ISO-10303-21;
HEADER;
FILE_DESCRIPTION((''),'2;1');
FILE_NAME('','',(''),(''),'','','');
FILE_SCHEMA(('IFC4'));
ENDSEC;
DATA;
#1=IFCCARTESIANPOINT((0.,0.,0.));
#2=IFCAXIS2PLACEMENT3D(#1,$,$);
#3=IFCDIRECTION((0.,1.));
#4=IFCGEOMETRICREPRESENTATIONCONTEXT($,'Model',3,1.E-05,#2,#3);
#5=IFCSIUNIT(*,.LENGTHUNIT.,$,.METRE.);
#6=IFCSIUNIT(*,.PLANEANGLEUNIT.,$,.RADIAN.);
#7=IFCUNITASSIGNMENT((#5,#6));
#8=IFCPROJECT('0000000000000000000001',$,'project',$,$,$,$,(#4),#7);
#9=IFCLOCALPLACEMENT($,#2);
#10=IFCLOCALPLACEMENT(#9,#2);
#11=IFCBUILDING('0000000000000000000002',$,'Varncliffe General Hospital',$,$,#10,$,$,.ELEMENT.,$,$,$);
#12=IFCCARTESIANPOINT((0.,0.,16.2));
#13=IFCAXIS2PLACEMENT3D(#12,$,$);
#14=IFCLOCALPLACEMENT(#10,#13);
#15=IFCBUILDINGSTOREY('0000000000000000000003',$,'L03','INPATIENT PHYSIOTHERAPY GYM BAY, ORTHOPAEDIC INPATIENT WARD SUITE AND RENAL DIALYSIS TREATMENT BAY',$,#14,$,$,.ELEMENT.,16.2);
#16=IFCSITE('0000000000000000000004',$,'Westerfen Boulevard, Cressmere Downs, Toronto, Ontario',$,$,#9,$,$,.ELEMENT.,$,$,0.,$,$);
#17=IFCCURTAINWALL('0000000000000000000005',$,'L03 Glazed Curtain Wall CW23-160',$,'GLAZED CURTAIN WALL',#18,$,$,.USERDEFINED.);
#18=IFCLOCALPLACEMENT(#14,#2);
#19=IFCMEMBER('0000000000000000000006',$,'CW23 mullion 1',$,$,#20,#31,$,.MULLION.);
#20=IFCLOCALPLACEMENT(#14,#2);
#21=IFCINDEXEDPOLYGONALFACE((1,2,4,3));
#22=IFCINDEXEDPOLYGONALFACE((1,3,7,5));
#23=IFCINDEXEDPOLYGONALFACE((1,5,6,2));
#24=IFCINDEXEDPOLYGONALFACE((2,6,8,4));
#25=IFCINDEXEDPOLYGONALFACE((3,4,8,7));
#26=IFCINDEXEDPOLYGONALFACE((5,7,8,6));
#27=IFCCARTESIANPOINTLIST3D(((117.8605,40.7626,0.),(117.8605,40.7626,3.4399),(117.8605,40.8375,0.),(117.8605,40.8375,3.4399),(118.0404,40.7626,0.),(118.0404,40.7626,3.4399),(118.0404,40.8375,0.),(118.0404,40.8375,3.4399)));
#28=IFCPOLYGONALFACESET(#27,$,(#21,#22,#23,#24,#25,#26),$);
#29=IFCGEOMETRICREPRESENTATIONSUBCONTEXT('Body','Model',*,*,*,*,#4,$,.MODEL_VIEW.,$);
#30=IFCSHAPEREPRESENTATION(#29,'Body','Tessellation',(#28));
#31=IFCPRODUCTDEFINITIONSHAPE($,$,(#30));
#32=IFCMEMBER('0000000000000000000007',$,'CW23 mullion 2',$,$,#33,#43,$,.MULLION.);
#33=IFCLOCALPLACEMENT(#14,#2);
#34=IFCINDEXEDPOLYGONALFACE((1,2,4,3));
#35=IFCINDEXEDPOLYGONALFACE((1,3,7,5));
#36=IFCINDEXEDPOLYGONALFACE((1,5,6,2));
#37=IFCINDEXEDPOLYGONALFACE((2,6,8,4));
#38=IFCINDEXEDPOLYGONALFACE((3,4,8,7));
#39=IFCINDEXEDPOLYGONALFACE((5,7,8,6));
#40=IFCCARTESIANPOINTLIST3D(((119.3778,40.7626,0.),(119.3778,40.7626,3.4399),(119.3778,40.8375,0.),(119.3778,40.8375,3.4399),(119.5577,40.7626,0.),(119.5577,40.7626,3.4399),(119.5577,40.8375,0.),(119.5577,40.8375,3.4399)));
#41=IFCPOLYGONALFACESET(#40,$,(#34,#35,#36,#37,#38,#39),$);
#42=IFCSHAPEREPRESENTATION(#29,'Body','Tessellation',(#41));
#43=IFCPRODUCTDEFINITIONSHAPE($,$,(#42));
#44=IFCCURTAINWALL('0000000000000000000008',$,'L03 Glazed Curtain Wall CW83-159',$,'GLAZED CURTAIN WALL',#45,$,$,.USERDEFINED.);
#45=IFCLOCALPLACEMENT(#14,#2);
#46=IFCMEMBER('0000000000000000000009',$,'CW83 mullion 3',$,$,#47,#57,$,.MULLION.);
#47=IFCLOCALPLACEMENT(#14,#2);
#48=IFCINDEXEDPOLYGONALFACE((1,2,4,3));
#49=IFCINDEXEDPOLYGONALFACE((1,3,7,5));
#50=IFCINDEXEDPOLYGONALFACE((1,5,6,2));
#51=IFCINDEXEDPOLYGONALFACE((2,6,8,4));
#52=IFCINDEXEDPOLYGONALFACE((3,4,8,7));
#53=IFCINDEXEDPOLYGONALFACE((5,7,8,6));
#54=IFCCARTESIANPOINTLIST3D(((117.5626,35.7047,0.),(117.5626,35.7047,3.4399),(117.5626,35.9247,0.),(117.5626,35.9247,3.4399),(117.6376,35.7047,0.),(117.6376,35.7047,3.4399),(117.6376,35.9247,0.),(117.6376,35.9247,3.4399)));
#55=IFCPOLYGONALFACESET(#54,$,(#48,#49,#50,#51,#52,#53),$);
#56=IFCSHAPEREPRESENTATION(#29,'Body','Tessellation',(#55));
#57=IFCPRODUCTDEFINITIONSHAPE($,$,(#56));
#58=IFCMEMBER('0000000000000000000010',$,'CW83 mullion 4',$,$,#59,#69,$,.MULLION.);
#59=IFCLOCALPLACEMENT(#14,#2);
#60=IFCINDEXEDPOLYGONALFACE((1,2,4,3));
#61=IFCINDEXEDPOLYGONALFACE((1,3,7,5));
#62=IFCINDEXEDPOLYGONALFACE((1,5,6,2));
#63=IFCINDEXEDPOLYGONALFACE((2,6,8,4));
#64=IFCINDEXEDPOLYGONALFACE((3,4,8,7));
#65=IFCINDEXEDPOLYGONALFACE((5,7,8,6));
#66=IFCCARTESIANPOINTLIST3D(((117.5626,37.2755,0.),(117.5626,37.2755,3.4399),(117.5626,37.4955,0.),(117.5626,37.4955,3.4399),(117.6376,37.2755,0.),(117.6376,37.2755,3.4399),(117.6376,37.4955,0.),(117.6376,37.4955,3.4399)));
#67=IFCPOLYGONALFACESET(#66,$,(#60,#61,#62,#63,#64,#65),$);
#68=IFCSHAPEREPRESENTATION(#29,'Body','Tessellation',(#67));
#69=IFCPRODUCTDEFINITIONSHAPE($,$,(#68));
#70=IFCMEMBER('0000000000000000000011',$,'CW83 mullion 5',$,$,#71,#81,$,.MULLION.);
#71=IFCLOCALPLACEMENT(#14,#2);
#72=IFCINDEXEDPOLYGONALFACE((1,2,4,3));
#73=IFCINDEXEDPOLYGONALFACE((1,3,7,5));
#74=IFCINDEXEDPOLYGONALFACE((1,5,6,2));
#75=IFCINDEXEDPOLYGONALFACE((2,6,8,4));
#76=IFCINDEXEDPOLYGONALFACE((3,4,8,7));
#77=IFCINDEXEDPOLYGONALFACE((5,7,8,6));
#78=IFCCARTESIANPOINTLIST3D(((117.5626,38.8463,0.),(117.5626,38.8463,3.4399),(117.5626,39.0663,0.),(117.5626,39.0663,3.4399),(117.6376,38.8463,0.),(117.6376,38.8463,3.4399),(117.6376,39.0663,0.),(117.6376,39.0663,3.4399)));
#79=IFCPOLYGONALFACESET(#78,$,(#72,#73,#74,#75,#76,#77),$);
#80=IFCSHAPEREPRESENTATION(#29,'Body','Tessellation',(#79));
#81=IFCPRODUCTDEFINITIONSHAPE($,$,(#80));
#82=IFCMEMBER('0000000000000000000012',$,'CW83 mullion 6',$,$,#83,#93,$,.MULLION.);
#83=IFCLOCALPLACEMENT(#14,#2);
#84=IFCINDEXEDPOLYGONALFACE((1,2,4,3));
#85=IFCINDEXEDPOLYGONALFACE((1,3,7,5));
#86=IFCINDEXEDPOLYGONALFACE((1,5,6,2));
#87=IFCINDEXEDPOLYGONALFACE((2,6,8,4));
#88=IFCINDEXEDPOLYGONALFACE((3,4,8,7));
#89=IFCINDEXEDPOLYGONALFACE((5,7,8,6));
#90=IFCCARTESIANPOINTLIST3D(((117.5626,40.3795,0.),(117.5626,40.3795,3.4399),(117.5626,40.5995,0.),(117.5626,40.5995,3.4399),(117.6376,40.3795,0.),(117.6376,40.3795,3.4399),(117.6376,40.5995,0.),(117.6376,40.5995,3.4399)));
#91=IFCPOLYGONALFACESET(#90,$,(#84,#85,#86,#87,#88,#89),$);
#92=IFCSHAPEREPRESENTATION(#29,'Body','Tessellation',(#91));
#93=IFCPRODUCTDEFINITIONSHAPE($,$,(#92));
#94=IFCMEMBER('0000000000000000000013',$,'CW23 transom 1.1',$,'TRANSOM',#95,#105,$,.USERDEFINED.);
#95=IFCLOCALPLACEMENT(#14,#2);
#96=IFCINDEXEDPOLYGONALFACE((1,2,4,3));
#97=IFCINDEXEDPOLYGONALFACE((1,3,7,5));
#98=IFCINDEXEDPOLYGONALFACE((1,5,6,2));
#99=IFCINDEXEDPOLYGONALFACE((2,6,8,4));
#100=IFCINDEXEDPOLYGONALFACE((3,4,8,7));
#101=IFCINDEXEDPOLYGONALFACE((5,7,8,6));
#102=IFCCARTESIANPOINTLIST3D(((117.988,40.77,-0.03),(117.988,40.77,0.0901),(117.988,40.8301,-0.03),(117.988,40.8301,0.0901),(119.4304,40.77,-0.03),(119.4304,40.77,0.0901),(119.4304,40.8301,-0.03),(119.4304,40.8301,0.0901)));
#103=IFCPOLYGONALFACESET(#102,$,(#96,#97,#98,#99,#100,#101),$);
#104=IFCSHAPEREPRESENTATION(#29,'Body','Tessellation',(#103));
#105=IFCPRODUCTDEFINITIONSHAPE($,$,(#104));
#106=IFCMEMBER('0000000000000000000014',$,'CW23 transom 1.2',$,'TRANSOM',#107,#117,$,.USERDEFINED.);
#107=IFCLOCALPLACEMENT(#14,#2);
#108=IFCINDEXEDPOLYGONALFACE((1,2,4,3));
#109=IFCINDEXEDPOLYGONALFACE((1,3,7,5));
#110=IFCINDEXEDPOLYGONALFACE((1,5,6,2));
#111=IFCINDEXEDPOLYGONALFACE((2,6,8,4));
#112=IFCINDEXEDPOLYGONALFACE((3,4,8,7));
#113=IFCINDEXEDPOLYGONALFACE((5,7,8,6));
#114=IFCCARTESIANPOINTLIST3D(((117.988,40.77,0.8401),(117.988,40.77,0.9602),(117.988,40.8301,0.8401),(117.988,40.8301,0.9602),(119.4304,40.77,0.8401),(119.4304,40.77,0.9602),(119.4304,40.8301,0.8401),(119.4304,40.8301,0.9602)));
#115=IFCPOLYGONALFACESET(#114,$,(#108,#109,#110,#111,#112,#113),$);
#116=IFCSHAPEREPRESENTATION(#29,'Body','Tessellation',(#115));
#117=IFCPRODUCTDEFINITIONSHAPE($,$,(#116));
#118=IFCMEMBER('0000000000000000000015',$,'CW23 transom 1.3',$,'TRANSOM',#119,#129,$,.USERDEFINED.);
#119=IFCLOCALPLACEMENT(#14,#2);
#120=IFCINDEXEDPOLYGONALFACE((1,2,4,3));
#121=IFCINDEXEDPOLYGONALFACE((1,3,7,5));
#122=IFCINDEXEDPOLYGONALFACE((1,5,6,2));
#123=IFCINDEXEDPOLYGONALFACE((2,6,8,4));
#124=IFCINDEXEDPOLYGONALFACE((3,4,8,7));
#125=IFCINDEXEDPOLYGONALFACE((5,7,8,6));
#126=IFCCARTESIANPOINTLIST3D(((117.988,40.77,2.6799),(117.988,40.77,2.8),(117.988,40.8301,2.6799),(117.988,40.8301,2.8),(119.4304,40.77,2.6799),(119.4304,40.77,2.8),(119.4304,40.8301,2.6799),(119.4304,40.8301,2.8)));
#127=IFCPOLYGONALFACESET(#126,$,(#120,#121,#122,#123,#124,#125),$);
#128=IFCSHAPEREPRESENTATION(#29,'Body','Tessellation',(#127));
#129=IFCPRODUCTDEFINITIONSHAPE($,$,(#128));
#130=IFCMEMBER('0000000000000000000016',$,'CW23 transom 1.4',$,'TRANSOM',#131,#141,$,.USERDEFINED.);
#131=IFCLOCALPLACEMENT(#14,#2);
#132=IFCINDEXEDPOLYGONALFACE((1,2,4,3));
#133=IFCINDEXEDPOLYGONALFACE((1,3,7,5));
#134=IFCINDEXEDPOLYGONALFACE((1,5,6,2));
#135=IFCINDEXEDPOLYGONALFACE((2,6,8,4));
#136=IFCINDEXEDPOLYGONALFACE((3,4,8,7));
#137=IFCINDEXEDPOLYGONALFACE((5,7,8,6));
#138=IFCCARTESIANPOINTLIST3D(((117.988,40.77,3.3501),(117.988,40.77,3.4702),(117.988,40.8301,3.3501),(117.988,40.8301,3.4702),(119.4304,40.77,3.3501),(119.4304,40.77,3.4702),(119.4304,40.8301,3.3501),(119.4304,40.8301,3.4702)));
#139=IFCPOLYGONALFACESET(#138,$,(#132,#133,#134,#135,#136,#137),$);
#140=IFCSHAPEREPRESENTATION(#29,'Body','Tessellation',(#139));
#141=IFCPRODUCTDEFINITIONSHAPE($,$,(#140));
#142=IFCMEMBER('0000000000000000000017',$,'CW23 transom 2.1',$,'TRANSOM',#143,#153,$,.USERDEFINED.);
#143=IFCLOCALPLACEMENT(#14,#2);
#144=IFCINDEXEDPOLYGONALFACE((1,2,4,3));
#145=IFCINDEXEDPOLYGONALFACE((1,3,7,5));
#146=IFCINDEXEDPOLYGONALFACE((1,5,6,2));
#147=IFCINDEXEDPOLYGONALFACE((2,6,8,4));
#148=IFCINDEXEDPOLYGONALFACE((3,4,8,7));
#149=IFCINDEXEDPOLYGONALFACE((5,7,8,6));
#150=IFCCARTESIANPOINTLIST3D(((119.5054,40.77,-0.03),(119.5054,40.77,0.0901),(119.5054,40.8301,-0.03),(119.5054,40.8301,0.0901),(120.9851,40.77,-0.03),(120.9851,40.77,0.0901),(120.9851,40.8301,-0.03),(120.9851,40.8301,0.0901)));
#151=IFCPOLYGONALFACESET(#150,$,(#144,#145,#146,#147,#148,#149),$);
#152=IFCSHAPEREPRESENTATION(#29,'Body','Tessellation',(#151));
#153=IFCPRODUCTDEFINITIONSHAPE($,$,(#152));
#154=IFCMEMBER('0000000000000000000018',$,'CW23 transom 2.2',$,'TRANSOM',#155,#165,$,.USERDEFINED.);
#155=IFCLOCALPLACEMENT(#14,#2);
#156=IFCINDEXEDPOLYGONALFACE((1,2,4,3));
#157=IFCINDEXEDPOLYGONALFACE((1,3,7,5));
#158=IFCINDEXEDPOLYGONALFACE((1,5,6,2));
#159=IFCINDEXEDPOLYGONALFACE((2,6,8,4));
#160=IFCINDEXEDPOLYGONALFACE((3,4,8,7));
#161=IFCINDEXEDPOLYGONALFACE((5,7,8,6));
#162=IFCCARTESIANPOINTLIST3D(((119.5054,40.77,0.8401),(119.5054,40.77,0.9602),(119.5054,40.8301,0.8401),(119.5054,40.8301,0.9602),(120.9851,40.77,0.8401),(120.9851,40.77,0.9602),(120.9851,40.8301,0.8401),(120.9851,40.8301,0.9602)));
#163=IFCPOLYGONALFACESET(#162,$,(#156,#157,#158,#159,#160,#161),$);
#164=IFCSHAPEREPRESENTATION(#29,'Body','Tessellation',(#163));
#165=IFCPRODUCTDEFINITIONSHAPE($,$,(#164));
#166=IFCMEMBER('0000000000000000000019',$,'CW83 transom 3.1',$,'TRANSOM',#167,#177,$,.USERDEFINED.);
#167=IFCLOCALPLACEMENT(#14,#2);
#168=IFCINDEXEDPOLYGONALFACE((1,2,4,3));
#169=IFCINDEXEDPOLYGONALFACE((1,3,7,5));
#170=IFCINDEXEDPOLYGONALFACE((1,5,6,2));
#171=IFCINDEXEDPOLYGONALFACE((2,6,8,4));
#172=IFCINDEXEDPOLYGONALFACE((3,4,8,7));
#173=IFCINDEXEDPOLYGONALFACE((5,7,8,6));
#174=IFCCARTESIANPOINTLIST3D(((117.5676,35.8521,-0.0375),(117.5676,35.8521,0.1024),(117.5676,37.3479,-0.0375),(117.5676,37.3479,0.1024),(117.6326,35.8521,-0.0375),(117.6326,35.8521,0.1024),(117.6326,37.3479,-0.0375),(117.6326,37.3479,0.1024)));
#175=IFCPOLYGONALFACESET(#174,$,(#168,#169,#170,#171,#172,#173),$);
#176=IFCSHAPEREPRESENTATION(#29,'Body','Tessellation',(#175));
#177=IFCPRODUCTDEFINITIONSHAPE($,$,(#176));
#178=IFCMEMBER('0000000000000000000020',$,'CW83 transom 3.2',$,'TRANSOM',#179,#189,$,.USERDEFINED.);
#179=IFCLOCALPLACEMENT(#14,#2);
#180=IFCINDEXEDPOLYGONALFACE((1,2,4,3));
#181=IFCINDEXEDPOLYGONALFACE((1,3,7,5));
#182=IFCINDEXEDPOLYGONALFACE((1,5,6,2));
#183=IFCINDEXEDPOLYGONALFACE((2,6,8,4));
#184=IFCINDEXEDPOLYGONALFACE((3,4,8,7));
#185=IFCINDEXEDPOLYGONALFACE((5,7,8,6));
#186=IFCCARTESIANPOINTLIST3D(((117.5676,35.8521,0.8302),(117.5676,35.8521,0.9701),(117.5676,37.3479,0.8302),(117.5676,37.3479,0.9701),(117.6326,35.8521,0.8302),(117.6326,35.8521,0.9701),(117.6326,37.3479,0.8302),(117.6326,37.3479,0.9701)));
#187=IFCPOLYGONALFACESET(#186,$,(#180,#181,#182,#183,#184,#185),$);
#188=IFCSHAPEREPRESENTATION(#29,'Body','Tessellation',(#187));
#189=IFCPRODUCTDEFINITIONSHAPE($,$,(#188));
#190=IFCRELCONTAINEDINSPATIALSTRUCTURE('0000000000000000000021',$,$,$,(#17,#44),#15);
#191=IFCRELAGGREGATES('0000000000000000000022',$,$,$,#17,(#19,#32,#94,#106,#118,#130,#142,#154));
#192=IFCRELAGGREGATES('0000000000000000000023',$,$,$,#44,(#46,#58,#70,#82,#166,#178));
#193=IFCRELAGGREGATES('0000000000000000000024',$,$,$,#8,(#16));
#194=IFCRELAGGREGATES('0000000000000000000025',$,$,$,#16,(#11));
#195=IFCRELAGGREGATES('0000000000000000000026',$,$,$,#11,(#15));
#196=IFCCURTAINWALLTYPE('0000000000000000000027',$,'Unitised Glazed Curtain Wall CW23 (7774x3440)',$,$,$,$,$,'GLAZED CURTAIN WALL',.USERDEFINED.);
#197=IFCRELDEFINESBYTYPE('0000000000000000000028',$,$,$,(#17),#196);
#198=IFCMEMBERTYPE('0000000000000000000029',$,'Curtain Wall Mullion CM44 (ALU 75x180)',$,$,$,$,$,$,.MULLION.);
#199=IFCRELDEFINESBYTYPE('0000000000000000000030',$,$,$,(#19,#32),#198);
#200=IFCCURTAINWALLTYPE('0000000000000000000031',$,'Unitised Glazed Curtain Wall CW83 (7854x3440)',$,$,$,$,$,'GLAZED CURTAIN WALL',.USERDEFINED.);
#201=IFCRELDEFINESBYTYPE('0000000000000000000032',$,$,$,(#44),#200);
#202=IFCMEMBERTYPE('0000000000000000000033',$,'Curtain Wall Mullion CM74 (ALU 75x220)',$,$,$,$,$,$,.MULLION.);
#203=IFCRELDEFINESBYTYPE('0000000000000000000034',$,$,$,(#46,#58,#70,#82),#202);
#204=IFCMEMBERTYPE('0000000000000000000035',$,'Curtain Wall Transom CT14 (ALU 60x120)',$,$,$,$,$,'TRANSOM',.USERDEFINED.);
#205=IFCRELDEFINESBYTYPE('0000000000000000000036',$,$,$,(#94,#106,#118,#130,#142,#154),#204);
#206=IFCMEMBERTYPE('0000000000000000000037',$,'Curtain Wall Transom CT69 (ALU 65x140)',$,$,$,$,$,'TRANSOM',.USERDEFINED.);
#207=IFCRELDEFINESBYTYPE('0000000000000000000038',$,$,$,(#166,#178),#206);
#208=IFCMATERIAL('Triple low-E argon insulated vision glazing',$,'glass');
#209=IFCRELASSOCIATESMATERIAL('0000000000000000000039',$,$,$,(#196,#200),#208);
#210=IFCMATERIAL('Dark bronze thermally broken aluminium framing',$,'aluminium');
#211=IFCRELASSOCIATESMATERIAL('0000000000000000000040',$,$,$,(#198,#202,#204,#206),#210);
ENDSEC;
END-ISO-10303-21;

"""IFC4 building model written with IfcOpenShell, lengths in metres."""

from ifc_helpers import new_model, si_unit, direction, frame, origin, origin_2d, place, context, subcontext, project, spatial, rectangle, extrude, material, material_profile, profile_set, type_object, element, aggregate, save


model = new_model("IFC4")

# Units and contexts
model_context = context("Model", 3, precision=1e-05, world=origin(), true_north=direction((0.0, 1.0)))
body_context = subcontext(model_context, "Body", "Model", "MODEL_VIEW")
ifc_project = project(units=[si_unit("LENGTHUNIT", "METRE"), si_unit("PLANEANGLEUNIT", "RADIAN")], contexts=[model_context])

# Site, building, storey
site_placement = place(None, origin())
site = spatial("IfcSite", under=ifc_project, at=site_placement, Name="Westerfen Boulevard, Cressmere Downs, Toronto, Ontario", CompositionType="ELEMENT", RefElevation=0.0)
building_placement = place(site_placement, origin())
building = spatial("IfcBuilding", under=site, at=building_placement, Name="Varncliffe General Hospital", CompositionType="ELEMENT")
storey_placement = place(building_placement, frame((0.0, 0.0, 16.2)))
storey = spatial("IfcBuildingStorey", under=building, at=storey_placement, Name="L03", Description="INPATIENT PHYSIOTHERAPY GYM BAY, ORTHOPAEDIC INPATIENT WARD SUITE AND RENAL DIALYSIS TREATMENT BAY", CompositionType="ELEMENT", Elevation=16.2)

# Curtain walls, members
ifc_material_1 = material(Name="Triple low-E argon insulated vision glazing", Category="glass")
curtain_wall_type_1 = type_object("IfcCurtainWallType", Name="Unitised Glazed Curtain Wall CW23 (7774x3440)", ElementType="GLAZED CURTAIN WALL", PredefinedType="USERDEFINED", material=ifc_material_1)
curtain_wall_1_placement = place(storey_placement, origin())
curtain_wall_1 = element("IfcCurtainWall", 1, at=curtain_wall_1_placement, inside=storey, type_object=curtain_wall_type_1, Name="L03 Glazed Curtain Wall CW23-160", ObjectType="GLAZED CURTAIN WALL", PredefinedType="USERDEFINED")
ifc_material_2 = material(Name="Dark bronze thermally broken aluminium framing", Category="aluminium")
ifc_material_profile_1 = material_profile(ifc_material_2, rectangle(XDim=0.075, YDim=0.1799, at=origin_2d()), Name="ALU 75x180")
ifc_profile_set_1 = profile_set([ifc_material_profile_1], Name="Dark bronze thermally broken aluminium framing")
member_type_1 = type_object("IfcMemberType", Name="Curtain Wall Mullion CM44 (ALU 75x180)", PredefinedType="MULLION", material=ifc_profile_set_1)
member_1_placement = place(storey_placement, frame((117.9504, 40.8, 0.0), z_axis=(0.0, 0.0, 1.0), x_axis=(0.0, 1.0, 0.0)))
member_1 = element("IfcMember", 2, at=member_1_placement, type_object=member_type_1, Name="CW23 mullion 1", PredefinedType="MULLION", context=body_context, shape_type="SweptSolid", body=[
    extrude(rectangle(XDim=0.075, YDim=0.1799, at=origin_2d()), origin(), (0.0, 0.0, 1.0), 3.4399),
])
member_2_placement = place(storey_placement, frame((119.4678, 40.8, 0.0), z_axis=(0.0, 0.0, 1.0), x_axis=(0.0, 1.0, 0.0)))
member_2 = element("IfcMember", 3, at=member_2_placement, type_object=member_type_1, Name="CW23 mullion 2", PredefinedType="MULLION", context=body_context, shape_type="SweptSolid", body=[
    extrude(rectangle(XDim=0.075, YDim=0.1799, at=origin_2d()), origin(), (0.0, 0.0, 1.0), 3.4399),
])
curtain_wall_type_2 = type_object("IfcCurtainWallType", Name="Unitised Glazed Curtain Wall CW83 (7854x3440)", ElementType="GLAZED CURTAIN WALL", PredefinedType="USERDEFINED", material=ifc_material_1)
curtain_wall_2_placement = place(storey_placement, origin())
curtain_wall_2 = element("IfcCurtainWall", 4, at=curtain_wall_2_placement, inside=storey, type_object=curtain_wall_type_2, Name="L03 Glazed Curtain Wall CW83-159", ObjectType="GLAZED CURTAIN WALL", PredefinedType="USERDEFINED")
ifc_material_profile_2 = material_profile(ifc_material_2, rectangle(XDim=0.075, YDim=0.22, at=origin_2d()), Name="ALU 75x220")
ifc_profile_set_2 = profile_set([ifc_material_profile_2], Name="Dark bronze thermally broken aluminium framing")
member_type_2 = type_object("IfcMemberType", Name="Curtain Wall Mullion CM74 (ALU 75x220)", PredefinedType="MULLION", material=ifc_profile_set_2)
member_3_placement = place(storey_placement, frame((117.6001, 35.8147, 0.0), z_axis=(0.0, 0.0, 1.0), x_axis=(-1.0, 0.0, 0.0)))
member_3 = element("IfcMember", 5, at=member_3_placement, type_object=member_type_2, Name="CW83 mullion 3", PredefinedType="MULLION", context=body_context, shape_type="SweptSolid", body=[
    extrude(rectangle(XDim=0.075, YDim=0.22, at=origin_2d()), origin(), (0.0, 0.0, 1.0), 3.4399),
])
member_4_placement = place(storey_placement, frame((117.6001, 37.3855, 0.0), z_axis=(0.0, 0.0, 1.0), x_axis=(-1.0, 0.0, 0.0)))
member_4 = element("IfcMember", 6, at=member_4_placement, type_object=member_type_2, Name="CW83 mullion 4", PredefinedType="MULLION", context=body_context, shape_type="SweptSolid", body=[
    extrude(rectangle(XDim=0.075, YDim=0.22, at=origin_2d()), origin(), (0.0, 0.0, 1.0), 3.4399),
])
member_5_placement = place(storey_placement, frame((117.6001, 38.9563, 0.0), z_axis=(0.0, 0.0, 1.0), x_axis=(-1.0, 0.0, 0.0)))
member_5 = element("IfcMember", 7, at=member_5_placement, type_object=member_type_2, Name="CW83 mullion 5", PredefinedType="MULLION", context=body_context, shape_type="SweptSolid", body=[
    extrude(rectangle(XDim=0.075, YDim=0.22, at=origin_2d()), origin(), (0.0, 0.0, 1.0), 3.4399),
])
member_6_placement = place(storey_placement, frame((117.6001, 40.4895, 0.0), z_axis=(0.0, 0.0, 1.0), x_axis=(-1.0, 0.0, 0.0)))
member_6 = element("IfcMember", 8, at=member_6_placement, type_object=member_type_2, Name="CW83 mullion 6", PredefinedType="MULLION", context=body_context, shape_type="SweptSolid", body=[
    extrude(rectangle(XDim=0.075, YDim=0.22, at=origin_2d()), origin(), (0.0, 0.0, 1.0), 3.4399),
])

# Members
ifc_material_profile_3 = material_profile(ifc_material_2, rectangle(XDim=0.0601, YDim=0.1201, at=origin_2d()), Name="ALU 60x120")
ifc_profile_set_3 = profile_set([ifc_material_profile_3], Name="Dark bronze thermally broken aluminium framing")
member_type_3 = type_object("IfcMemberType", Name="Curtain Wall Transom CT14 (ALU 60x120)", ElementType="TRANSOM", PredefinedType="USERDEFINED", material=ifc_profile_set_3)
member_7_placement = place(storey_placement, frame((117.988, 40.8, 0.03), z_axis=(1.0, 0.0, 0.0), x_axis=(0.0, 1.0, 0.0)))
member_7 = element("IfcMember", 9, at=member_7_placement, type_object=member_type_3, Name="CW23 transom 1.1", ObjectType="TRANSOM", PredefinedType="USERDEFINED", context=body_context, shape_type="SweptSolid", body=[
    extrude(rectangle(XDim=0.0601, YDim=0.1201, at=origin_2d()), origin(), (0.0, 0.0, 1.0), 1.4424),
])
member_8_placement = place(storey_placement, frame((117.988, 40.8, 0.9001), z_axis=(1.0, 0.0, 0.0), x_axis=(0.0, 1.0, 0.0)))
member_8 = element("IfcMember", 10, at=member_8_placement, type_object=member_type_3, Name="CW23 transom 1.2", ObjectType="TRANSOM", PredefinedType="USERDEFINED", context=body_context, shape_type="SweptSolid", body=[
    extrude(rectangle(XDim=0.0601, YDim=0.1201, at=origin_2d()), origin(), (0.0, 0.0, 1.0), 1.4424),
])
member_9_placement = place(storey_placement, frame((117.988, 40.8, 2.74), z_axis=(1.0, 0.0, 0.0), x_axis=(0.0, 1.0, 0.0)))
member_9 = element("IfcMember", 11, at=member_9_placement, type_object=member_type_3, Name="CW23 transom 1.3", ObjectType="TRANSOM", PredefinedType="USERDEFINED", context=body_context, shape_type="SweptSolid", body=[
    extrude(rectangle(XDim=0.0601, YDim=0.1201, at=origin_2d()), origin(), (0.0, 0.0, 1.0), 1.4424),
])
member_10_placement = place(storey_placement, frame((117.988, 40.8, 3.4102), z_axis=(1.0, 0.0, 0.0), x_axis=(0.0, 1.0, 0.0)))
member_10 = element("IfcMember", 12, at=member_10_placement, type_object=member_type_3, Name="CW23 transom 1.4", ObjectType="TRANSOM", PredefinedType="USERDEFINED", context=body_context, shape_type="SweptSolid", body=[
    extrude(rectangle(XDim=0.0601, YDim=0.1201, at=origin_2d()), origin(), (0.0, 0.0, 1.0), 1.4424),
])
member_11_placement = place(storey_placement, frame((119.5054, 40.8, 0.03), z_axis=(1.0, 0.0, 0.0), x_axis=(0.0, 1.0, 0.0)))
member_11 = element("IfcMember", 13, at=member_11_placement, type_object=member_type_3, Name="CW23 transom 2.1", ObjectType="TRANSOM", PredefinedType="USERDEFINED", context=body_context, shape_type="SweptSolid", body=[
    extrude(rectangle(XDim=0.0601, YDim=0.1201, at=origin_2d()), origin(), (0.0, 0.0, 1.0), 1.4797),
])
member_12_placement = place(storey_placement, frame((119.5054, 40.8, 0.9001), z_axis=(1.0, 0.0, 0.0), x_axis=(0.0, 1.0, 0.0)))
member_12 = element("IfcMember", 14, at=member_12_placement, type_object=member_type_3, Name="CW23 transom 2.2", ObjectType="TRANSOM", PredefinedType="USERDEFINED", context=body_context, shape_type="SweptSolid", body=[
    extrude(rectangle(XDim=0.0601, YDim=0.1201, at=origin_2d()), origin(), (0.0, 0.0, 1.0), 1.4797),
])
ifc_material_profile_4 = material_profile(ifc_material_2, rectangle(XDim=0.0649, YDim=0.1399, at=origin_2d()), Name="ALU 65x140")
ifc_profile_set_4 = profile_set([ifc_material_profile_4], Name="Dark bronze thermally broken aluminium framing")
member_type_4 = type_object("IfcMemberType", Name="Curtain Wall Transom CT69 (ALU 65x140)", ElementType="TRANSOM", PredefinedType="USERDEFINED", material=ifc_profile_set_4)
member_13_placement = place(storey_placement, frame((117.6001, 35.8521, 0.0325), z_axis=(0.0, 1.0, 0.0), x_axis=(-1.0, 0.0, 0.0)))
member_13 = element("IfcMember", 15, at=member_13_placement, type_object=member_type_4, Name="CW83 transom 3.1", ObjectType="TRANSOM", PredefinedType="USERDEFINED", context=body_context, shape_type="SweptSolid", body=[
    extrude(rectangle(XDim=0.0649, YDim=0.1399, at=origin_2d()), origin(), (0.0, 0.0, 1.0), 1.4958),
])
member_14_placement = place(storey_placement, frame((117.6001, 35.8521, 0.9001), z_axis=(0.0, 1.0, 0.0), x_axis=(-1.0, 0.0, 0.0)))
member_14 = element("IfcMember", 16, at=member_14_placement, type_object=member_type_4, Name="CW83 transom 3.2", ObjectType="TRANSOM", PredefinedType="USERDEFINED", context=body_context, shape_type="SweptSolid", body=[
    extrude(rectangle(XDim=0.0649, YDim=0.1399, at=origin_2d()), origin(), (0.0, 0.0, 1.0), 1.4958),
])

aggregate(curtain_wall_1, [member_1, member_2, member_7, member_8, member_9, member_10, member_11, member_12])
aggregate(curtain_wall_2, [member_3, member_4, member_5, member_6, member_13, member_14])

save(model, "model.ifc")
